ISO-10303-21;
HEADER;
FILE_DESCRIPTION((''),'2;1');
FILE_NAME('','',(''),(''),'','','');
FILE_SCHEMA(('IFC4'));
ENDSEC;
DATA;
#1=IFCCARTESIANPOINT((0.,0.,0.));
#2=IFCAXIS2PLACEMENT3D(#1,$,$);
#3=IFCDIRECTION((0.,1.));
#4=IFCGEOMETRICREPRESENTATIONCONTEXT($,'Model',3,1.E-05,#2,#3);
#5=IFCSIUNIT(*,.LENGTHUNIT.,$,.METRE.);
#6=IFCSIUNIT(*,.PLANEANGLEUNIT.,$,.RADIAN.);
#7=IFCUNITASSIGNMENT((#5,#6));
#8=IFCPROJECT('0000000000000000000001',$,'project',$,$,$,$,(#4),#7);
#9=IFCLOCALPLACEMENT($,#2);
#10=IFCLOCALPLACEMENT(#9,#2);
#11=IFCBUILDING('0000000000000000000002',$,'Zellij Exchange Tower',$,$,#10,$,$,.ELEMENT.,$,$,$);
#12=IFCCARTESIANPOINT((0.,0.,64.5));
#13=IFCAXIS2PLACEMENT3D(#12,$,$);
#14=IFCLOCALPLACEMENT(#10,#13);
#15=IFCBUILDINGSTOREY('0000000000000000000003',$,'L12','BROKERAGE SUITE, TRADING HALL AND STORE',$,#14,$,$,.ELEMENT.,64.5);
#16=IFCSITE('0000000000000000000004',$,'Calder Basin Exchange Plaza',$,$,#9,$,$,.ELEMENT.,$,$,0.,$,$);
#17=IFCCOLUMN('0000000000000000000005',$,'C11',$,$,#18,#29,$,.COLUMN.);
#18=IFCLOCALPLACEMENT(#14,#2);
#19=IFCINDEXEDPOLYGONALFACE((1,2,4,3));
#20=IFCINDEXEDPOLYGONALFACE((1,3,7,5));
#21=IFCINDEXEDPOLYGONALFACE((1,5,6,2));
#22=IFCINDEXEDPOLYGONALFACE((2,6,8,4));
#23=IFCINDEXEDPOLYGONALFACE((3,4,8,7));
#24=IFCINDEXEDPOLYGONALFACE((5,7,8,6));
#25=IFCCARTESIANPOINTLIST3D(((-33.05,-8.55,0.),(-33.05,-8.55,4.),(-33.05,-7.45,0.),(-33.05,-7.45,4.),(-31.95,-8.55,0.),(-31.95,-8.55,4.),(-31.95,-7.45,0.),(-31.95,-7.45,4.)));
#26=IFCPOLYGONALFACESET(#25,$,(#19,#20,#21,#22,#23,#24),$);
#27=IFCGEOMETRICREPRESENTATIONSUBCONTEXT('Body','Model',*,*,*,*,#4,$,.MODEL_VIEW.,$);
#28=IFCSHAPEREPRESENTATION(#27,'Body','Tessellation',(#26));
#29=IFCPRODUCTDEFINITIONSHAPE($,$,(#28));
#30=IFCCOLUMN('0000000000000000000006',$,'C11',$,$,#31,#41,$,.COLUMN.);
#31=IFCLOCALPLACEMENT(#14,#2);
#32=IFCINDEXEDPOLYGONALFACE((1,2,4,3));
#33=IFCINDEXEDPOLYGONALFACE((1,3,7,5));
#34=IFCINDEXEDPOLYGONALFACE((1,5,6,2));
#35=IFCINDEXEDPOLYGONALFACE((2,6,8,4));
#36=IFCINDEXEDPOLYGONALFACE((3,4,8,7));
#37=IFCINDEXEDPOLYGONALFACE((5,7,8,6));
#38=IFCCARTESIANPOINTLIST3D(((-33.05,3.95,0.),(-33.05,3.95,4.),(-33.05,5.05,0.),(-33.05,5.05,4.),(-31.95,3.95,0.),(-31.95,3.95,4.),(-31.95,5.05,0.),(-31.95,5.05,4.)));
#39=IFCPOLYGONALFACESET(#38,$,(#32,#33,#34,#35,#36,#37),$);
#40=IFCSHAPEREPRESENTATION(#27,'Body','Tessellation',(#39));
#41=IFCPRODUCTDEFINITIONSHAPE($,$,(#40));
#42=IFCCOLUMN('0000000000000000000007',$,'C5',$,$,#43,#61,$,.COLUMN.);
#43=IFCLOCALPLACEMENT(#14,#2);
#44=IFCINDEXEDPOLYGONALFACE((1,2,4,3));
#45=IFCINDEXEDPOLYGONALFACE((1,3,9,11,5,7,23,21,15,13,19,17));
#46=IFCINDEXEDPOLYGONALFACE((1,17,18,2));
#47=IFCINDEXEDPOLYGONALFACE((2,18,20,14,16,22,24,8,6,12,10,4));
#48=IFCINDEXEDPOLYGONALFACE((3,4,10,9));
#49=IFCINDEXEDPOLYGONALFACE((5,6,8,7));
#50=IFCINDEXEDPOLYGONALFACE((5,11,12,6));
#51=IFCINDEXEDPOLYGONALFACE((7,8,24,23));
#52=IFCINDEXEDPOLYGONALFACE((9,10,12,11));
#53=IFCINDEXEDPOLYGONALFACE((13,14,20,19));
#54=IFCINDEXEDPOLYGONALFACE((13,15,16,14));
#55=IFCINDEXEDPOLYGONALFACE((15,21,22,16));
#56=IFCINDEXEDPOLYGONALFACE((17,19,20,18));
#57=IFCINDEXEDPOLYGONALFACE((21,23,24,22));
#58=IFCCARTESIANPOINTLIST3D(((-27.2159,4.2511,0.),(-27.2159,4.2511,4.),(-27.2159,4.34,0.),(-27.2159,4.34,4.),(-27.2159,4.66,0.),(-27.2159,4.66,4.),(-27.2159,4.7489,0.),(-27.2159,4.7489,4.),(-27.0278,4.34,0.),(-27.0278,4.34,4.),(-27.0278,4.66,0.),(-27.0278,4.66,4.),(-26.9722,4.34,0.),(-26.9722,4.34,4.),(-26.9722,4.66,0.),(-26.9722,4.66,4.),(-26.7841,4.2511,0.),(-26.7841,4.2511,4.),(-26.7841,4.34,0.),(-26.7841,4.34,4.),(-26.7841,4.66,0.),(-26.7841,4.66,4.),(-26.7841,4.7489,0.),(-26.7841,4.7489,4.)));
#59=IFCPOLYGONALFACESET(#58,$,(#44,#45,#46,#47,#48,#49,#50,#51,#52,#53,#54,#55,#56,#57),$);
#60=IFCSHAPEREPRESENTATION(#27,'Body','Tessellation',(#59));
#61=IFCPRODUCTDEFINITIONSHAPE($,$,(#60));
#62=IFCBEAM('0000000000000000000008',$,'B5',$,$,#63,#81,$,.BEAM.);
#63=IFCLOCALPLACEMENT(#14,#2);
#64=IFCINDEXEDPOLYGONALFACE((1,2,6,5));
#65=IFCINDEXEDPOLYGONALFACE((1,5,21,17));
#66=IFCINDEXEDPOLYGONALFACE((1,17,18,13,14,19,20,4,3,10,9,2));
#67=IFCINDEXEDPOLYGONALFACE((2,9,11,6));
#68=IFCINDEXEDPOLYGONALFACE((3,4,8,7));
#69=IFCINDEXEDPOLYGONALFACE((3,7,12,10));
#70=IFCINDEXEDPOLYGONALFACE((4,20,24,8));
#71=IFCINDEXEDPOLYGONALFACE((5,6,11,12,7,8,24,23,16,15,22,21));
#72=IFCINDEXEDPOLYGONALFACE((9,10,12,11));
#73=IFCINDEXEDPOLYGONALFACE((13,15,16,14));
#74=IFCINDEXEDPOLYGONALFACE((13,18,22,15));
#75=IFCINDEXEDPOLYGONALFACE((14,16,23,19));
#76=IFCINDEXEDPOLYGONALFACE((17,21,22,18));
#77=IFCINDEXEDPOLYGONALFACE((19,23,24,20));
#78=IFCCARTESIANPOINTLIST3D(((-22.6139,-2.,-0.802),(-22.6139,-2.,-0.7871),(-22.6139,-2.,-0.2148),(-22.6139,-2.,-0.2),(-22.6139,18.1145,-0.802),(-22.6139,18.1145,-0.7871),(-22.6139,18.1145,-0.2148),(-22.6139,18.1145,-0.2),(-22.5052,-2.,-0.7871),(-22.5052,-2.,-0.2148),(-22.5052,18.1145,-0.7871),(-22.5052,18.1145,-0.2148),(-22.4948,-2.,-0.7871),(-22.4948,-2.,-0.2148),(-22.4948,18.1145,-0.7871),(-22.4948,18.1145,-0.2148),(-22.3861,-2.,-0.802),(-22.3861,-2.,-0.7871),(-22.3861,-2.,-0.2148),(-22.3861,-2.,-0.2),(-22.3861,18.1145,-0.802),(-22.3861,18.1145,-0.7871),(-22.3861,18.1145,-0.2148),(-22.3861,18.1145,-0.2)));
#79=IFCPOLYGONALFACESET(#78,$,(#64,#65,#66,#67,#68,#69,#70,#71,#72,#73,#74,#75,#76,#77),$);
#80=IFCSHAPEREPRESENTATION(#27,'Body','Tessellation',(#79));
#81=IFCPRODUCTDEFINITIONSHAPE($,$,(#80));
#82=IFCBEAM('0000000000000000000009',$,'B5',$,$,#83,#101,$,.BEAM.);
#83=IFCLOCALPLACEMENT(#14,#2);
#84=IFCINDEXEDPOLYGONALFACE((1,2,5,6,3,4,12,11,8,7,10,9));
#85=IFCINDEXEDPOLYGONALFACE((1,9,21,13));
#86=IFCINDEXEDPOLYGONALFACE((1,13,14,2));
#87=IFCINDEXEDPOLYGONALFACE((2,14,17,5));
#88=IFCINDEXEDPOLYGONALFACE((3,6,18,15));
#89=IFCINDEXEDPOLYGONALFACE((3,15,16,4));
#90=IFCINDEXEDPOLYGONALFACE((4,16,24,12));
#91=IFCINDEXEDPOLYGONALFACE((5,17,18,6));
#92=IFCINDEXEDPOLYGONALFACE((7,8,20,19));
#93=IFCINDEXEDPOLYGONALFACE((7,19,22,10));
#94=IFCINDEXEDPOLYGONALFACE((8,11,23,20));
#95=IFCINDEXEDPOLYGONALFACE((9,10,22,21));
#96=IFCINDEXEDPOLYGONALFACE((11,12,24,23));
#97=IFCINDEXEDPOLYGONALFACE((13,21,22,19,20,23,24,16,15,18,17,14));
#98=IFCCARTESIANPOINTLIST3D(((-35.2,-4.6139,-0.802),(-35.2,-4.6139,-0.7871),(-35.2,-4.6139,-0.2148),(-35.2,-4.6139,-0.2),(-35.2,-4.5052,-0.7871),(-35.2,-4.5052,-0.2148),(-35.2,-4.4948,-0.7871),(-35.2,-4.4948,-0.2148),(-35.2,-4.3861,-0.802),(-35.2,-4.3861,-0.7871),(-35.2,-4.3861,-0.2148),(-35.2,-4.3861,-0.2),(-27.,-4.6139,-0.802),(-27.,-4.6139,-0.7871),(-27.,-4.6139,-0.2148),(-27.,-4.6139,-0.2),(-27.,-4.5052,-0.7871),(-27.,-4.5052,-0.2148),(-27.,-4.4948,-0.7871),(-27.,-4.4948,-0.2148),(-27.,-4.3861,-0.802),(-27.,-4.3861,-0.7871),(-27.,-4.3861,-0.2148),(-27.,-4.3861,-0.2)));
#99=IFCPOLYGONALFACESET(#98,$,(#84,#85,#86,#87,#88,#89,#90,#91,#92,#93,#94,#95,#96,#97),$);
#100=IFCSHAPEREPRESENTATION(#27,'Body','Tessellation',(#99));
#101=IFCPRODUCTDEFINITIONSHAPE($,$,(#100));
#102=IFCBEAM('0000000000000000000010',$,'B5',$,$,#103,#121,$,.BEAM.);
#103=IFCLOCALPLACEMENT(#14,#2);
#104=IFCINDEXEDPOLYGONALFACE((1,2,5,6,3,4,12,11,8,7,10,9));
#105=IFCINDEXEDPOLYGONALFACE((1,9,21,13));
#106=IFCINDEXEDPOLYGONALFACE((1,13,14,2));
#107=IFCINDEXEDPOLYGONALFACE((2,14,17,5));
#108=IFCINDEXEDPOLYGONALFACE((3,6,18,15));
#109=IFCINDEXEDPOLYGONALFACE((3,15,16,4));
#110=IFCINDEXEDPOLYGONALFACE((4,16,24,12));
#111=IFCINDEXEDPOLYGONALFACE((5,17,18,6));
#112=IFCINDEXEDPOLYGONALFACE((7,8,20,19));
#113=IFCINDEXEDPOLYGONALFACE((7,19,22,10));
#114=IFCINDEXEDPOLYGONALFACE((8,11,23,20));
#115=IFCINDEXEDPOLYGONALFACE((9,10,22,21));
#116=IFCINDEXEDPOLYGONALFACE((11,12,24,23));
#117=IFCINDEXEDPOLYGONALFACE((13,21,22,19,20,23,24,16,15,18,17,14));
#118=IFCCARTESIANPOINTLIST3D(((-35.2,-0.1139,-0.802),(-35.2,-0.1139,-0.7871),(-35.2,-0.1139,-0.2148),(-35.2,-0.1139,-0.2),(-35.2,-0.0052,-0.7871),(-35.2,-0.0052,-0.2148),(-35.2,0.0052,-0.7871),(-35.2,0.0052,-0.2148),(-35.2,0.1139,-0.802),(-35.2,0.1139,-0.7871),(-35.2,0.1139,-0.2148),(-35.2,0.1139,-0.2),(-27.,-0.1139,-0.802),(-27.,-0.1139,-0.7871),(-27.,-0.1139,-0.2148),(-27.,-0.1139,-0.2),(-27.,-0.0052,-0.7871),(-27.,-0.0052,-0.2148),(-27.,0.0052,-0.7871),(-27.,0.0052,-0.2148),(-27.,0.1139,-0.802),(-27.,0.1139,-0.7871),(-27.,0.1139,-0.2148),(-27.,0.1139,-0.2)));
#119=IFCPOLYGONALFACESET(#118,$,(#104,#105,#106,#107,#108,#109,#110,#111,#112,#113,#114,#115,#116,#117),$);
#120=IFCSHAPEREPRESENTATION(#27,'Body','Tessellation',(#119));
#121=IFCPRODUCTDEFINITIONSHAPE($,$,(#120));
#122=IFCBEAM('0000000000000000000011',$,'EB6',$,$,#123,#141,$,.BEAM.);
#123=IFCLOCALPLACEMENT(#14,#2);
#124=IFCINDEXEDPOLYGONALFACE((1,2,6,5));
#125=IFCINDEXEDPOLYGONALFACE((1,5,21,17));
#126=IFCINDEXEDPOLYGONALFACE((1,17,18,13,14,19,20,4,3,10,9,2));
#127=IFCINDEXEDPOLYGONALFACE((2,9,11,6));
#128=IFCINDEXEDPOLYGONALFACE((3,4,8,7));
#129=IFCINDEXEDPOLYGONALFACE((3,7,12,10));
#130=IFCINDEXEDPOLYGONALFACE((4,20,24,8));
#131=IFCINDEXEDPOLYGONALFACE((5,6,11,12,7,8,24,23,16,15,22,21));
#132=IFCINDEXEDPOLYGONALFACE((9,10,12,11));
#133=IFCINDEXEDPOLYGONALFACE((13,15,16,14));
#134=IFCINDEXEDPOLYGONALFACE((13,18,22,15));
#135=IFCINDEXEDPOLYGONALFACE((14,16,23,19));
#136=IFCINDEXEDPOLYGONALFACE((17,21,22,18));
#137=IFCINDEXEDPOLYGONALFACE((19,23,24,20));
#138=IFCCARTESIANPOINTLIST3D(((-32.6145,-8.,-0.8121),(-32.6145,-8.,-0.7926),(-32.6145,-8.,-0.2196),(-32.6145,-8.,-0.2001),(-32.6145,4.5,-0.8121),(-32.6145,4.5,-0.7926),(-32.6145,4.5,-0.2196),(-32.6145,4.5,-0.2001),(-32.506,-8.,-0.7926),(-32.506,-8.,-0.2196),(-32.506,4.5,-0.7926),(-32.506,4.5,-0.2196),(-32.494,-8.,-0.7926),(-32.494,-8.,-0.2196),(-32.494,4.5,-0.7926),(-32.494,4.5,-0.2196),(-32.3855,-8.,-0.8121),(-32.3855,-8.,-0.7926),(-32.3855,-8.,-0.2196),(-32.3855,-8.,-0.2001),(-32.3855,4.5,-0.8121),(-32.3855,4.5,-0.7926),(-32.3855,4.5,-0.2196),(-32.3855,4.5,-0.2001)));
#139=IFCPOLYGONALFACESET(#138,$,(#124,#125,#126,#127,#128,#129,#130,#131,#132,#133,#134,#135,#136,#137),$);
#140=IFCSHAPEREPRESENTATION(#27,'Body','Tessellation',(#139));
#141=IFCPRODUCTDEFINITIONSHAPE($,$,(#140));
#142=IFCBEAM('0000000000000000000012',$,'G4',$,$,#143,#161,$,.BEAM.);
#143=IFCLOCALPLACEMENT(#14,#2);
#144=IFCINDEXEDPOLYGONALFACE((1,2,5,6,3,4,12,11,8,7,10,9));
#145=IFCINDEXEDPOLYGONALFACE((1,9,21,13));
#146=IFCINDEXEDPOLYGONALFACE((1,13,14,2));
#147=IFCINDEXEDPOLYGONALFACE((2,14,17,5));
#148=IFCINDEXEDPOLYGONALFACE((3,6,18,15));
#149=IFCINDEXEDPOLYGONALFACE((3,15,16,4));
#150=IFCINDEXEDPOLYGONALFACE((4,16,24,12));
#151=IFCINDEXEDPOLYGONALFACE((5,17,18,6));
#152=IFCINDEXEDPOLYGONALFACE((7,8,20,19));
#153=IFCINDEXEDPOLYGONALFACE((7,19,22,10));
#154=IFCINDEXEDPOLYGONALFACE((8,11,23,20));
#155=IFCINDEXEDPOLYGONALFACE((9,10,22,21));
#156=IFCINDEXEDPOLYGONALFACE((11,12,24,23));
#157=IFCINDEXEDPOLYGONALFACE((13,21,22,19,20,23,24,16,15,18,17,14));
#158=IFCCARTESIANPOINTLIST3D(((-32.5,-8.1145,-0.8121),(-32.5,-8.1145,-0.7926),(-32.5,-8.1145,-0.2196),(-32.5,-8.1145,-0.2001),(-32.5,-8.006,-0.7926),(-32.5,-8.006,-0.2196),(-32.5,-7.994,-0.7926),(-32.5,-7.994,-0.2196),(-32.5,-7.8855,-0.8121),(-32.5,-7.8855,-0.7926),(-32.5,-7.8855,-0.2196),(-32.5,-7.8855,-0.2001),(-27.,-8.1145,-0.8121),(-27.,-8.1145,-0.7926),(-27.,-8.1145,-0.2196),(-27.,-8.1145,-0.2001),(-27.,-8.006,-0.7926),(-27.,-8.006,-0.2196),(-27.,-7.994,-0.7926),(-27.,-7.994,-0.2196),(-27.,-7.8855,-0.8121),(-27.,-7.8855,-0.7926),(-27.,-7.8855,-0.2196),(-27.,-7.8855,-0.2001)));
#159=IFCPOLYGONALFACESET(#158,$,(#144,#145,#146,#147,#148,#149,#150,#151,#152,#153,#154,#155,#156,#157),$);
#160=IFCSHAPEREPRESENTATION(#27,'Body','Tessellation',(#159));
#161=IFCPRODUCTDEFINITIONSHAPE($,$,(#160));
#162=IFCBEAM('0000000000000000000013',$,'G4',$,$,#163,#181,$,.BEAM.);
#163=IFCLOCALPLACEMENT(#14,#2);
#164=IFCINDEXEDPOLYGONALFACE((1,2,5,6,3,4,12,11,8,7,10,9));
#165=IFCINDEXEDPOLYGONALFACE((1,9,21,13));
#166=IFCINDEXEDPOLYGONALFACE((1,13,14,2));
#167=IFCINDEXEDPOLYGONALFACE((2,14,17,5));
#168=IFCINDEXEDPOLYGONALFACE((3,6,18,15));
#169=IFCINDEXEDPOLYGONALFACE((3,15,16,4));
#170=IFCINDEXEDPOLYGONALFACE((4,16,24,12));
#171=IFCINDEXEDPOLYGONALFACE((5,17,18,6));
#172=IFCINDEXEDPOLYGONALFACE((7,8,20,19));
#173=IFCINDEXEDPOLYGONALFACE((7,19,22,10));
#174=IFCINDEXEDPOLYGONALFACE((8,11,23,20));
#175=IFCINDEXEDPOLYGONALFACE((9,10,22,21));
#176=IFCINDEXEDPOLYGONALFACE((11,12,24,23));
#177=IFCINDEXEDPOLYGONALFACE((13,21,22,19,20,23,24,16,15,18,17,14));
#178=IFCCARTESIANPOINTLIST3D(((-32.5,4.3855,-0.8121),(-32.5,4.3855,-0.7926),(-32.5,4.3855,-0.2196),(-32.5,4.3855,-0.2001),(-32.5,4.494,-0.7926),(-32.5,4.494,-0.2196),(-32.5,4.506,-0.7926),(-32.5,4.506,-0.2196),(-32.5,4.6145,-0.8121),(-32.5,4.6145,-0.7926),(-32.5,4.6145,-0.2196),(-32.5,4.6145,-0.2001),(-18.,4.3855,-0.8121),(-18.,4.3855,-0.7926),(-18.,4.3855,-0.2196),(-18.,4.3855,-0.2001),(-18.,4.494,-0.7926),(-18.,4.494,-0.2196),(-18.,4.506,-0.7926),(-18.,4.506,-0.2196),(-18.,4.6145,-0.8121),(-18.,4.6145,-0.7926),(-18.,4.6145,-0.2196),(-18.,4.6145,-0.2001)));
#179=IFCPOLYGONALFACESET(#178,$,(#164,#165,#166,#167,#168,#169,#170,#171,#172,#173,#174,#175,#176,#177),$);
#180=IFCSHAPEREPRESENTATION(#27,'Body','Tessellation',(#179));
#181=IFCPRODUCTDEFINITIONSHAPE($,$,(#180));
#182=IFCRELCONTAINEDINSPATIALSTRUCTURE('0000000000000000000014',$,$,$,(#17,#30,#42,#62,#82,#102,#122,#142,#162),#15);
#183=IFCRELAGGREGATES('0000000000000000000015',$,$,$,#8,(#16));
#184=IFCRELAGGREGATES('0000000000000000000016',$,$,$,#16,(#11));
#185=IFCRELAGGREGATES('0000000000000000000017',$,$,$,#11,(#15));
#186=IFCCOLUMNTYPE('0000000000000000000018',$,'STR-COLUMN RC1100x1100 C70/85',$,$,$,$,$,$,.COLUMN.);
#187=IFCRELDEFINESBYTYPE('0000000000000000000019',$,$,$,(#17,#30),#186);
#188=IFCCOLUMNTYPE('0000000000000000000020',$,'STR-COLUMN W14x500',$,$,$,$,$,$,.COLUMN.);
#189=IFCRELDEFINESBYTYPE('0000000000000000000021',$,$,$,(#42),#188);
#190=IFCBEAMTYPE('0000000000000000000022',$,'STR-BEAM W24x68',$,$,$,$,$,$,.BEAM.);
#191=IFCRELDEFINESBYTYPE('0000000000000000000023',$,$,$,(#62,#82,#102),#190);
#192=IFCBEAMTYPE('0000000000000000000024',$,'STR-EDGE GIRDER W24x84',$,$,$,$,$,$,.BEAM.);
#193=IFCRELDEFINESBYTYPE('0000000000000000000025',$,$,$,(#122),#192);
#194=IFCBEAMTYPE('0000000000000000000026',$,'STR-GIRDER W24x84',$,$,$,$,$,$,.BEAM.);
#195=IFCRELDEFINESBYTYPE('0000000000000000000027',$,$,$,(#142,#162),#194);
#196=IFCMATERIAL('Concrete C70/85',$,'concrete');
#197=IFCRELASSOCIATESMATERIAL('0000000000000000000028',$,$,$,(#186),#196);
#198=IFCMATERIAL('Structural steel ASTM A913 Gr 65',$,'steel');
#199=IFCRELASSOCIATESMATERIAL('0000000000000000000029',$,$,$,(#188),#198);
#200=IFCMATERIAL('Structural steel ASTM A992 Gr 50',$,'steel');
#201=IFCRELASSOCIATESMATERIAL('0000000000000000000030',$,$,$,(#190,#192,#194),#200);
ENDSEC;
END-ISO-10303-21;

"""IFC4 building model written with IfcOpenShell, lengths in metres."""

from ifc_helpers import new_model, si_unit, direction, frame, origin, origin_2d, place, context, subcontext, project, spatial, rectangle, i_section, extrude, material, material_profile, profile_set, type_object, element, save


model = new_model("IFC4")

# Units and contexts
model_context = context("Model", 3, precision=1e-05, world=origin(), true_north=direction((0.0, 1.0)))
body_context = subcontext(model_context, "Body", "Model", "MODEL_VIEW")
ifc_project = project(units=[si_unit("LENGTHUNIT", "METRE"), si_unit("PLANEANGLEUNIT", "RADIAN")], contexts=[model_context])

# Site, building, storey
site_placement = place(None, origin())
site = spatial("IfcSite", under=ifc_project, at=site_placement, Name="Calder Basin Exchange Plaza", CompositionType="ELEMENT", RefElevation=0.0)
building_placement = place(site_placement, origin())
building = spatial("IfcBuilding", under=site, at=building_placement, Name="Zellij Exchange Tower", CompositionType="ELEMENT")
storey_placement = place(building_placement, frame((0.0, 0.0, 64.5)))
storey = spatial("IfcBuildingStorey", under=building, at=storey_placement, Name="L12", Description="BROKERAGE SUITE, TRADING HALL AND STORE", CompositionType="ELEMENT", Elevation=64.5)

# Columns
ifc_material_1 = material(Name="Concrete C70/85", Category="concrete")
ifc_material_profile_1 = material_profile(ifc_material_1, rectangle(XDim=1.1001, YDim=1.1001, at=origin_2d()), Name="STR-COLUMN RC1100x1100 C70/85")
ifc_profile_set_1 = profile_set([ifc_material_profile_1], Name="Concrete C70/85")
column_type_1 = type_object("IfcColumnType", Name="STR-COLUMN RC1100x1100 C70/85", PredefinedType="COLUMN", material=ifc_profile_set_1)
for number, where, z_axis, x_axis, name in (
    (1, (-32.5, -8.0, 0.0), (0.0, 0.0, 1.0), (1.0, 0.0, 0.0), "C11"),
    (2, (-32.5, 4.5, 0.0), (0.0, 0.0, 1.0), (1.0, 0.0, 0.0), "C11"),
):
    element("IfcColumn", number, at=place(storey_placement, frame(where, z_axis=z_axis, x_axis=x_axis)), inside=storey, type_object=column_type_1, Name=name, PredefinedType="COLUMN", context=body_context, shape_type="SweptSolid", body=[
        extrude(rectangle(XDim=1.1001, YDim=1.1001, at=origin_2d()), origin(), (0.0, 0.0, 1.0), 4.0),
    ])
ifc_material_2 = material(Name="Structural steel ASTM A913 Gr 65", Category="steel")
ifc_material_profile_2 = material_profile(ifc_material_2, i_section(OverallWidth=0.4319, OverallDepth=0.4978, WebThickness=0.0557, FlangeThickness=0.0889, at=origin_2d()), Name="W14x500")
ifc_profile_set_2 = profile_set([ifc_material_profile_2], Name="Structural steel ASTM A913 Gr 65")
column_type_2 = type_object("IfcColumnType", Name="STR-COLUMN W14x500", PredefinedType="COLUMN", material=ifc_profile_set_2)
column_placement = place(storey_placement, frame((-27.0, 4.5, 0.0), z_axis=(0.0, 0.0, 1.0), x_axis=(1.0, 0.0, 0.0)))
element("IfcColumn", 3, at=column_placement, inside=storey, type_object=column_type_2, Name="C5", PredefinedType="COLUMN", context=body_context, shape_type="SweptSolid", body=[
    extrude(i_section(OverallWidth=0.4319, OverallDepth=0.4978, WebThickness=0.0557, FlangeThickness=0.0889, at=origin_2d()), origin(), (0.0, 0.0, 1.0), 4.0),
])

# Beams
ifc_material_3 = material(Name="Structural steel ASTM A992 Gr 50", Category="steel")
ifc_material_profile_3 = material_profile(ifc_material_3, i_section(OverallWidth=0.2278, OverallDepth=0.6021, WebThickness=0.0105, FlangeThickness=0.0149, at=origin_2d()), Name="W24x68")
ifc_profile_set_3 = profile_set([ifc_material_profile_3], Name="Structural steel ASTM A992 Gr 50")
beam_type_1 = type_object("IfcBeamType", Name="STR-BEAM W24x68", PredefinedType="BEAM", material=ifc_profile_set_3)
beam_1_placement = place(storey_placement, frame((-22.5, -2.0, -0.501), z_axis=(0.0, 1.0, 0.0), x_axis=(-1.0, 0.0, 0.0)))
element("IfcBeam", 4, at=beam_1_placement, inside=storey, type_object=beam_type_1, Name="B5", PredefinedType="BEAM", context=body_context, shape_type="SweptSolid", body=[
    extrude(i_section(OverallWidth=0.2278, OverallDepth=0.6021, WebThickness=0.0105, FlangeThickness=0.0149, at=origin_2d()), origin(), (0.0, 0.0, 1.0), 20.1145),
])
for number, where, z_axis, x_axis, name in (
    (5, (-35.2, -4.5, -0.501), (1.0, 0.0, 0.0), (0.0, 1.0, 0.0), "B5"),
    (6, (-35.2, 0.0, -0.501), (1.0, 0.0, 0.0), (0.0, 1.0, 0.0), "B5"),
):
    element("IfcBeam", number, at=place(storey_placement, frame(where, z_axis=z_axis, x_axis=x_axis)), inside=storey, type_object=beam_type_1, Name=name, PredefinedType="BEAM", context=body_context, shape_type="SweptSolid", body=[
        extrude(i_section(OverallWidth=0.2278, OverallDepth=0.6021, WebThickness=0.0105, FlangeThickness=0.0149, at=origin_2d()), origin(), (0.0, 0.0, 1.0), 8.2),
    ])
ifc_material_profile_4 = material_profile(ifc_material_3, i_section(OverallWidth=0.229, OverallDepth=0.6121, WebThickness=0.012, FlangeThickness=0.0195, at=origin_2d()), Name="W24x84")
ifc_profile_set_4 = profile_set([ifc_material_profile_4], Name="Structural steel ASTM A992 Gr 50")
beam_type_2 = type_object("IfcBeamType", Name="STR-EDGE GIRDER W24x84", PredefinedType="BEAM", material=ifc_profile_set_4)
beam_2_placement = place(storey_placement, frame((-32.5, -8.0, -0.5061), z_axis=(0.0, 1.0, 0.0), x_axis=(-1.0, 0.0, 0.0)))
element("IfcBeam", 7, at=beam_2_placement, inside=storey, type_object=beam_type_2, Name="EB6", PredefinedType="BEAM", context=body_context, shape_type="SweptSolid", body=[
    extrude(i_section(OverallWidth=0.229, OverallDepth=0.6121, WebThickness=0.012, FlangeThickness=0.0195, at=origin_2d()), origin(), (0.0, 0.0, 1.0), 12.5),
])
ifc_material_profile_5 = material_profile(ifc_material_3, i_section(OverallWidth=0.229, OverallDepth=0.6121, WebThickness=0.012, FlangeThickness=0.0195, at=origin_2d()), Name="W24x84")
ifc_profile_set_5 = profile_set([ifc_material_profile_5], Name="Structural steel ASTM A992 Gr 50")
beam_type_3 = type_object("IfcBeamType", Name="STR-GIRDER W24x84", PredefinedType="BEAM", material=ifc_profile_set_5)
beam_3_placement = place(storey_placement, frame((-32.5, -8.0, -0.5061), z_axis=(1.0, 0.0, 0.0), x_axis=(0.0, 1.0, 0.0)))
element("IfcBeam", 8, at=beam_3_placement, inside=storey, type_object=beam_type_3, Name="G4", PredefinedType="BEAM", context=body_context, shape_type="SweptSolid", body=[
    extrude(i_section(OverallWidth=0.229, OverallDepth=0.6121, WebThickness=0.012, FlangeThickness=0.0195, at=origin_2d()), origin(), (0.0, 0.0, 1.0), 5.5),
])
beam_4_placement = place(storey_placement, frame((-32.5, 4.5, -0.5061), z_axis=(1.0, 0.0, 0.0), x_axis=(0.0, 1.0, 0.0)))
element("IfcBeam", 9, at=beam_4_placement, inside=storey, type_object=beam_type_3, Name="G4", PredefinedType="BEAM", context=body_context, shape_type="SweptSolid", body=[
    extrude(i_section(OverallWidth=0.229, OverallDepth=0.6121, WebThickness=0.012, FlangeThickness=0.0195, at=origin_2d()), origin(), (0.0, 0.0, 1.0), 14.5),
])

save(model, "model.ifc")
